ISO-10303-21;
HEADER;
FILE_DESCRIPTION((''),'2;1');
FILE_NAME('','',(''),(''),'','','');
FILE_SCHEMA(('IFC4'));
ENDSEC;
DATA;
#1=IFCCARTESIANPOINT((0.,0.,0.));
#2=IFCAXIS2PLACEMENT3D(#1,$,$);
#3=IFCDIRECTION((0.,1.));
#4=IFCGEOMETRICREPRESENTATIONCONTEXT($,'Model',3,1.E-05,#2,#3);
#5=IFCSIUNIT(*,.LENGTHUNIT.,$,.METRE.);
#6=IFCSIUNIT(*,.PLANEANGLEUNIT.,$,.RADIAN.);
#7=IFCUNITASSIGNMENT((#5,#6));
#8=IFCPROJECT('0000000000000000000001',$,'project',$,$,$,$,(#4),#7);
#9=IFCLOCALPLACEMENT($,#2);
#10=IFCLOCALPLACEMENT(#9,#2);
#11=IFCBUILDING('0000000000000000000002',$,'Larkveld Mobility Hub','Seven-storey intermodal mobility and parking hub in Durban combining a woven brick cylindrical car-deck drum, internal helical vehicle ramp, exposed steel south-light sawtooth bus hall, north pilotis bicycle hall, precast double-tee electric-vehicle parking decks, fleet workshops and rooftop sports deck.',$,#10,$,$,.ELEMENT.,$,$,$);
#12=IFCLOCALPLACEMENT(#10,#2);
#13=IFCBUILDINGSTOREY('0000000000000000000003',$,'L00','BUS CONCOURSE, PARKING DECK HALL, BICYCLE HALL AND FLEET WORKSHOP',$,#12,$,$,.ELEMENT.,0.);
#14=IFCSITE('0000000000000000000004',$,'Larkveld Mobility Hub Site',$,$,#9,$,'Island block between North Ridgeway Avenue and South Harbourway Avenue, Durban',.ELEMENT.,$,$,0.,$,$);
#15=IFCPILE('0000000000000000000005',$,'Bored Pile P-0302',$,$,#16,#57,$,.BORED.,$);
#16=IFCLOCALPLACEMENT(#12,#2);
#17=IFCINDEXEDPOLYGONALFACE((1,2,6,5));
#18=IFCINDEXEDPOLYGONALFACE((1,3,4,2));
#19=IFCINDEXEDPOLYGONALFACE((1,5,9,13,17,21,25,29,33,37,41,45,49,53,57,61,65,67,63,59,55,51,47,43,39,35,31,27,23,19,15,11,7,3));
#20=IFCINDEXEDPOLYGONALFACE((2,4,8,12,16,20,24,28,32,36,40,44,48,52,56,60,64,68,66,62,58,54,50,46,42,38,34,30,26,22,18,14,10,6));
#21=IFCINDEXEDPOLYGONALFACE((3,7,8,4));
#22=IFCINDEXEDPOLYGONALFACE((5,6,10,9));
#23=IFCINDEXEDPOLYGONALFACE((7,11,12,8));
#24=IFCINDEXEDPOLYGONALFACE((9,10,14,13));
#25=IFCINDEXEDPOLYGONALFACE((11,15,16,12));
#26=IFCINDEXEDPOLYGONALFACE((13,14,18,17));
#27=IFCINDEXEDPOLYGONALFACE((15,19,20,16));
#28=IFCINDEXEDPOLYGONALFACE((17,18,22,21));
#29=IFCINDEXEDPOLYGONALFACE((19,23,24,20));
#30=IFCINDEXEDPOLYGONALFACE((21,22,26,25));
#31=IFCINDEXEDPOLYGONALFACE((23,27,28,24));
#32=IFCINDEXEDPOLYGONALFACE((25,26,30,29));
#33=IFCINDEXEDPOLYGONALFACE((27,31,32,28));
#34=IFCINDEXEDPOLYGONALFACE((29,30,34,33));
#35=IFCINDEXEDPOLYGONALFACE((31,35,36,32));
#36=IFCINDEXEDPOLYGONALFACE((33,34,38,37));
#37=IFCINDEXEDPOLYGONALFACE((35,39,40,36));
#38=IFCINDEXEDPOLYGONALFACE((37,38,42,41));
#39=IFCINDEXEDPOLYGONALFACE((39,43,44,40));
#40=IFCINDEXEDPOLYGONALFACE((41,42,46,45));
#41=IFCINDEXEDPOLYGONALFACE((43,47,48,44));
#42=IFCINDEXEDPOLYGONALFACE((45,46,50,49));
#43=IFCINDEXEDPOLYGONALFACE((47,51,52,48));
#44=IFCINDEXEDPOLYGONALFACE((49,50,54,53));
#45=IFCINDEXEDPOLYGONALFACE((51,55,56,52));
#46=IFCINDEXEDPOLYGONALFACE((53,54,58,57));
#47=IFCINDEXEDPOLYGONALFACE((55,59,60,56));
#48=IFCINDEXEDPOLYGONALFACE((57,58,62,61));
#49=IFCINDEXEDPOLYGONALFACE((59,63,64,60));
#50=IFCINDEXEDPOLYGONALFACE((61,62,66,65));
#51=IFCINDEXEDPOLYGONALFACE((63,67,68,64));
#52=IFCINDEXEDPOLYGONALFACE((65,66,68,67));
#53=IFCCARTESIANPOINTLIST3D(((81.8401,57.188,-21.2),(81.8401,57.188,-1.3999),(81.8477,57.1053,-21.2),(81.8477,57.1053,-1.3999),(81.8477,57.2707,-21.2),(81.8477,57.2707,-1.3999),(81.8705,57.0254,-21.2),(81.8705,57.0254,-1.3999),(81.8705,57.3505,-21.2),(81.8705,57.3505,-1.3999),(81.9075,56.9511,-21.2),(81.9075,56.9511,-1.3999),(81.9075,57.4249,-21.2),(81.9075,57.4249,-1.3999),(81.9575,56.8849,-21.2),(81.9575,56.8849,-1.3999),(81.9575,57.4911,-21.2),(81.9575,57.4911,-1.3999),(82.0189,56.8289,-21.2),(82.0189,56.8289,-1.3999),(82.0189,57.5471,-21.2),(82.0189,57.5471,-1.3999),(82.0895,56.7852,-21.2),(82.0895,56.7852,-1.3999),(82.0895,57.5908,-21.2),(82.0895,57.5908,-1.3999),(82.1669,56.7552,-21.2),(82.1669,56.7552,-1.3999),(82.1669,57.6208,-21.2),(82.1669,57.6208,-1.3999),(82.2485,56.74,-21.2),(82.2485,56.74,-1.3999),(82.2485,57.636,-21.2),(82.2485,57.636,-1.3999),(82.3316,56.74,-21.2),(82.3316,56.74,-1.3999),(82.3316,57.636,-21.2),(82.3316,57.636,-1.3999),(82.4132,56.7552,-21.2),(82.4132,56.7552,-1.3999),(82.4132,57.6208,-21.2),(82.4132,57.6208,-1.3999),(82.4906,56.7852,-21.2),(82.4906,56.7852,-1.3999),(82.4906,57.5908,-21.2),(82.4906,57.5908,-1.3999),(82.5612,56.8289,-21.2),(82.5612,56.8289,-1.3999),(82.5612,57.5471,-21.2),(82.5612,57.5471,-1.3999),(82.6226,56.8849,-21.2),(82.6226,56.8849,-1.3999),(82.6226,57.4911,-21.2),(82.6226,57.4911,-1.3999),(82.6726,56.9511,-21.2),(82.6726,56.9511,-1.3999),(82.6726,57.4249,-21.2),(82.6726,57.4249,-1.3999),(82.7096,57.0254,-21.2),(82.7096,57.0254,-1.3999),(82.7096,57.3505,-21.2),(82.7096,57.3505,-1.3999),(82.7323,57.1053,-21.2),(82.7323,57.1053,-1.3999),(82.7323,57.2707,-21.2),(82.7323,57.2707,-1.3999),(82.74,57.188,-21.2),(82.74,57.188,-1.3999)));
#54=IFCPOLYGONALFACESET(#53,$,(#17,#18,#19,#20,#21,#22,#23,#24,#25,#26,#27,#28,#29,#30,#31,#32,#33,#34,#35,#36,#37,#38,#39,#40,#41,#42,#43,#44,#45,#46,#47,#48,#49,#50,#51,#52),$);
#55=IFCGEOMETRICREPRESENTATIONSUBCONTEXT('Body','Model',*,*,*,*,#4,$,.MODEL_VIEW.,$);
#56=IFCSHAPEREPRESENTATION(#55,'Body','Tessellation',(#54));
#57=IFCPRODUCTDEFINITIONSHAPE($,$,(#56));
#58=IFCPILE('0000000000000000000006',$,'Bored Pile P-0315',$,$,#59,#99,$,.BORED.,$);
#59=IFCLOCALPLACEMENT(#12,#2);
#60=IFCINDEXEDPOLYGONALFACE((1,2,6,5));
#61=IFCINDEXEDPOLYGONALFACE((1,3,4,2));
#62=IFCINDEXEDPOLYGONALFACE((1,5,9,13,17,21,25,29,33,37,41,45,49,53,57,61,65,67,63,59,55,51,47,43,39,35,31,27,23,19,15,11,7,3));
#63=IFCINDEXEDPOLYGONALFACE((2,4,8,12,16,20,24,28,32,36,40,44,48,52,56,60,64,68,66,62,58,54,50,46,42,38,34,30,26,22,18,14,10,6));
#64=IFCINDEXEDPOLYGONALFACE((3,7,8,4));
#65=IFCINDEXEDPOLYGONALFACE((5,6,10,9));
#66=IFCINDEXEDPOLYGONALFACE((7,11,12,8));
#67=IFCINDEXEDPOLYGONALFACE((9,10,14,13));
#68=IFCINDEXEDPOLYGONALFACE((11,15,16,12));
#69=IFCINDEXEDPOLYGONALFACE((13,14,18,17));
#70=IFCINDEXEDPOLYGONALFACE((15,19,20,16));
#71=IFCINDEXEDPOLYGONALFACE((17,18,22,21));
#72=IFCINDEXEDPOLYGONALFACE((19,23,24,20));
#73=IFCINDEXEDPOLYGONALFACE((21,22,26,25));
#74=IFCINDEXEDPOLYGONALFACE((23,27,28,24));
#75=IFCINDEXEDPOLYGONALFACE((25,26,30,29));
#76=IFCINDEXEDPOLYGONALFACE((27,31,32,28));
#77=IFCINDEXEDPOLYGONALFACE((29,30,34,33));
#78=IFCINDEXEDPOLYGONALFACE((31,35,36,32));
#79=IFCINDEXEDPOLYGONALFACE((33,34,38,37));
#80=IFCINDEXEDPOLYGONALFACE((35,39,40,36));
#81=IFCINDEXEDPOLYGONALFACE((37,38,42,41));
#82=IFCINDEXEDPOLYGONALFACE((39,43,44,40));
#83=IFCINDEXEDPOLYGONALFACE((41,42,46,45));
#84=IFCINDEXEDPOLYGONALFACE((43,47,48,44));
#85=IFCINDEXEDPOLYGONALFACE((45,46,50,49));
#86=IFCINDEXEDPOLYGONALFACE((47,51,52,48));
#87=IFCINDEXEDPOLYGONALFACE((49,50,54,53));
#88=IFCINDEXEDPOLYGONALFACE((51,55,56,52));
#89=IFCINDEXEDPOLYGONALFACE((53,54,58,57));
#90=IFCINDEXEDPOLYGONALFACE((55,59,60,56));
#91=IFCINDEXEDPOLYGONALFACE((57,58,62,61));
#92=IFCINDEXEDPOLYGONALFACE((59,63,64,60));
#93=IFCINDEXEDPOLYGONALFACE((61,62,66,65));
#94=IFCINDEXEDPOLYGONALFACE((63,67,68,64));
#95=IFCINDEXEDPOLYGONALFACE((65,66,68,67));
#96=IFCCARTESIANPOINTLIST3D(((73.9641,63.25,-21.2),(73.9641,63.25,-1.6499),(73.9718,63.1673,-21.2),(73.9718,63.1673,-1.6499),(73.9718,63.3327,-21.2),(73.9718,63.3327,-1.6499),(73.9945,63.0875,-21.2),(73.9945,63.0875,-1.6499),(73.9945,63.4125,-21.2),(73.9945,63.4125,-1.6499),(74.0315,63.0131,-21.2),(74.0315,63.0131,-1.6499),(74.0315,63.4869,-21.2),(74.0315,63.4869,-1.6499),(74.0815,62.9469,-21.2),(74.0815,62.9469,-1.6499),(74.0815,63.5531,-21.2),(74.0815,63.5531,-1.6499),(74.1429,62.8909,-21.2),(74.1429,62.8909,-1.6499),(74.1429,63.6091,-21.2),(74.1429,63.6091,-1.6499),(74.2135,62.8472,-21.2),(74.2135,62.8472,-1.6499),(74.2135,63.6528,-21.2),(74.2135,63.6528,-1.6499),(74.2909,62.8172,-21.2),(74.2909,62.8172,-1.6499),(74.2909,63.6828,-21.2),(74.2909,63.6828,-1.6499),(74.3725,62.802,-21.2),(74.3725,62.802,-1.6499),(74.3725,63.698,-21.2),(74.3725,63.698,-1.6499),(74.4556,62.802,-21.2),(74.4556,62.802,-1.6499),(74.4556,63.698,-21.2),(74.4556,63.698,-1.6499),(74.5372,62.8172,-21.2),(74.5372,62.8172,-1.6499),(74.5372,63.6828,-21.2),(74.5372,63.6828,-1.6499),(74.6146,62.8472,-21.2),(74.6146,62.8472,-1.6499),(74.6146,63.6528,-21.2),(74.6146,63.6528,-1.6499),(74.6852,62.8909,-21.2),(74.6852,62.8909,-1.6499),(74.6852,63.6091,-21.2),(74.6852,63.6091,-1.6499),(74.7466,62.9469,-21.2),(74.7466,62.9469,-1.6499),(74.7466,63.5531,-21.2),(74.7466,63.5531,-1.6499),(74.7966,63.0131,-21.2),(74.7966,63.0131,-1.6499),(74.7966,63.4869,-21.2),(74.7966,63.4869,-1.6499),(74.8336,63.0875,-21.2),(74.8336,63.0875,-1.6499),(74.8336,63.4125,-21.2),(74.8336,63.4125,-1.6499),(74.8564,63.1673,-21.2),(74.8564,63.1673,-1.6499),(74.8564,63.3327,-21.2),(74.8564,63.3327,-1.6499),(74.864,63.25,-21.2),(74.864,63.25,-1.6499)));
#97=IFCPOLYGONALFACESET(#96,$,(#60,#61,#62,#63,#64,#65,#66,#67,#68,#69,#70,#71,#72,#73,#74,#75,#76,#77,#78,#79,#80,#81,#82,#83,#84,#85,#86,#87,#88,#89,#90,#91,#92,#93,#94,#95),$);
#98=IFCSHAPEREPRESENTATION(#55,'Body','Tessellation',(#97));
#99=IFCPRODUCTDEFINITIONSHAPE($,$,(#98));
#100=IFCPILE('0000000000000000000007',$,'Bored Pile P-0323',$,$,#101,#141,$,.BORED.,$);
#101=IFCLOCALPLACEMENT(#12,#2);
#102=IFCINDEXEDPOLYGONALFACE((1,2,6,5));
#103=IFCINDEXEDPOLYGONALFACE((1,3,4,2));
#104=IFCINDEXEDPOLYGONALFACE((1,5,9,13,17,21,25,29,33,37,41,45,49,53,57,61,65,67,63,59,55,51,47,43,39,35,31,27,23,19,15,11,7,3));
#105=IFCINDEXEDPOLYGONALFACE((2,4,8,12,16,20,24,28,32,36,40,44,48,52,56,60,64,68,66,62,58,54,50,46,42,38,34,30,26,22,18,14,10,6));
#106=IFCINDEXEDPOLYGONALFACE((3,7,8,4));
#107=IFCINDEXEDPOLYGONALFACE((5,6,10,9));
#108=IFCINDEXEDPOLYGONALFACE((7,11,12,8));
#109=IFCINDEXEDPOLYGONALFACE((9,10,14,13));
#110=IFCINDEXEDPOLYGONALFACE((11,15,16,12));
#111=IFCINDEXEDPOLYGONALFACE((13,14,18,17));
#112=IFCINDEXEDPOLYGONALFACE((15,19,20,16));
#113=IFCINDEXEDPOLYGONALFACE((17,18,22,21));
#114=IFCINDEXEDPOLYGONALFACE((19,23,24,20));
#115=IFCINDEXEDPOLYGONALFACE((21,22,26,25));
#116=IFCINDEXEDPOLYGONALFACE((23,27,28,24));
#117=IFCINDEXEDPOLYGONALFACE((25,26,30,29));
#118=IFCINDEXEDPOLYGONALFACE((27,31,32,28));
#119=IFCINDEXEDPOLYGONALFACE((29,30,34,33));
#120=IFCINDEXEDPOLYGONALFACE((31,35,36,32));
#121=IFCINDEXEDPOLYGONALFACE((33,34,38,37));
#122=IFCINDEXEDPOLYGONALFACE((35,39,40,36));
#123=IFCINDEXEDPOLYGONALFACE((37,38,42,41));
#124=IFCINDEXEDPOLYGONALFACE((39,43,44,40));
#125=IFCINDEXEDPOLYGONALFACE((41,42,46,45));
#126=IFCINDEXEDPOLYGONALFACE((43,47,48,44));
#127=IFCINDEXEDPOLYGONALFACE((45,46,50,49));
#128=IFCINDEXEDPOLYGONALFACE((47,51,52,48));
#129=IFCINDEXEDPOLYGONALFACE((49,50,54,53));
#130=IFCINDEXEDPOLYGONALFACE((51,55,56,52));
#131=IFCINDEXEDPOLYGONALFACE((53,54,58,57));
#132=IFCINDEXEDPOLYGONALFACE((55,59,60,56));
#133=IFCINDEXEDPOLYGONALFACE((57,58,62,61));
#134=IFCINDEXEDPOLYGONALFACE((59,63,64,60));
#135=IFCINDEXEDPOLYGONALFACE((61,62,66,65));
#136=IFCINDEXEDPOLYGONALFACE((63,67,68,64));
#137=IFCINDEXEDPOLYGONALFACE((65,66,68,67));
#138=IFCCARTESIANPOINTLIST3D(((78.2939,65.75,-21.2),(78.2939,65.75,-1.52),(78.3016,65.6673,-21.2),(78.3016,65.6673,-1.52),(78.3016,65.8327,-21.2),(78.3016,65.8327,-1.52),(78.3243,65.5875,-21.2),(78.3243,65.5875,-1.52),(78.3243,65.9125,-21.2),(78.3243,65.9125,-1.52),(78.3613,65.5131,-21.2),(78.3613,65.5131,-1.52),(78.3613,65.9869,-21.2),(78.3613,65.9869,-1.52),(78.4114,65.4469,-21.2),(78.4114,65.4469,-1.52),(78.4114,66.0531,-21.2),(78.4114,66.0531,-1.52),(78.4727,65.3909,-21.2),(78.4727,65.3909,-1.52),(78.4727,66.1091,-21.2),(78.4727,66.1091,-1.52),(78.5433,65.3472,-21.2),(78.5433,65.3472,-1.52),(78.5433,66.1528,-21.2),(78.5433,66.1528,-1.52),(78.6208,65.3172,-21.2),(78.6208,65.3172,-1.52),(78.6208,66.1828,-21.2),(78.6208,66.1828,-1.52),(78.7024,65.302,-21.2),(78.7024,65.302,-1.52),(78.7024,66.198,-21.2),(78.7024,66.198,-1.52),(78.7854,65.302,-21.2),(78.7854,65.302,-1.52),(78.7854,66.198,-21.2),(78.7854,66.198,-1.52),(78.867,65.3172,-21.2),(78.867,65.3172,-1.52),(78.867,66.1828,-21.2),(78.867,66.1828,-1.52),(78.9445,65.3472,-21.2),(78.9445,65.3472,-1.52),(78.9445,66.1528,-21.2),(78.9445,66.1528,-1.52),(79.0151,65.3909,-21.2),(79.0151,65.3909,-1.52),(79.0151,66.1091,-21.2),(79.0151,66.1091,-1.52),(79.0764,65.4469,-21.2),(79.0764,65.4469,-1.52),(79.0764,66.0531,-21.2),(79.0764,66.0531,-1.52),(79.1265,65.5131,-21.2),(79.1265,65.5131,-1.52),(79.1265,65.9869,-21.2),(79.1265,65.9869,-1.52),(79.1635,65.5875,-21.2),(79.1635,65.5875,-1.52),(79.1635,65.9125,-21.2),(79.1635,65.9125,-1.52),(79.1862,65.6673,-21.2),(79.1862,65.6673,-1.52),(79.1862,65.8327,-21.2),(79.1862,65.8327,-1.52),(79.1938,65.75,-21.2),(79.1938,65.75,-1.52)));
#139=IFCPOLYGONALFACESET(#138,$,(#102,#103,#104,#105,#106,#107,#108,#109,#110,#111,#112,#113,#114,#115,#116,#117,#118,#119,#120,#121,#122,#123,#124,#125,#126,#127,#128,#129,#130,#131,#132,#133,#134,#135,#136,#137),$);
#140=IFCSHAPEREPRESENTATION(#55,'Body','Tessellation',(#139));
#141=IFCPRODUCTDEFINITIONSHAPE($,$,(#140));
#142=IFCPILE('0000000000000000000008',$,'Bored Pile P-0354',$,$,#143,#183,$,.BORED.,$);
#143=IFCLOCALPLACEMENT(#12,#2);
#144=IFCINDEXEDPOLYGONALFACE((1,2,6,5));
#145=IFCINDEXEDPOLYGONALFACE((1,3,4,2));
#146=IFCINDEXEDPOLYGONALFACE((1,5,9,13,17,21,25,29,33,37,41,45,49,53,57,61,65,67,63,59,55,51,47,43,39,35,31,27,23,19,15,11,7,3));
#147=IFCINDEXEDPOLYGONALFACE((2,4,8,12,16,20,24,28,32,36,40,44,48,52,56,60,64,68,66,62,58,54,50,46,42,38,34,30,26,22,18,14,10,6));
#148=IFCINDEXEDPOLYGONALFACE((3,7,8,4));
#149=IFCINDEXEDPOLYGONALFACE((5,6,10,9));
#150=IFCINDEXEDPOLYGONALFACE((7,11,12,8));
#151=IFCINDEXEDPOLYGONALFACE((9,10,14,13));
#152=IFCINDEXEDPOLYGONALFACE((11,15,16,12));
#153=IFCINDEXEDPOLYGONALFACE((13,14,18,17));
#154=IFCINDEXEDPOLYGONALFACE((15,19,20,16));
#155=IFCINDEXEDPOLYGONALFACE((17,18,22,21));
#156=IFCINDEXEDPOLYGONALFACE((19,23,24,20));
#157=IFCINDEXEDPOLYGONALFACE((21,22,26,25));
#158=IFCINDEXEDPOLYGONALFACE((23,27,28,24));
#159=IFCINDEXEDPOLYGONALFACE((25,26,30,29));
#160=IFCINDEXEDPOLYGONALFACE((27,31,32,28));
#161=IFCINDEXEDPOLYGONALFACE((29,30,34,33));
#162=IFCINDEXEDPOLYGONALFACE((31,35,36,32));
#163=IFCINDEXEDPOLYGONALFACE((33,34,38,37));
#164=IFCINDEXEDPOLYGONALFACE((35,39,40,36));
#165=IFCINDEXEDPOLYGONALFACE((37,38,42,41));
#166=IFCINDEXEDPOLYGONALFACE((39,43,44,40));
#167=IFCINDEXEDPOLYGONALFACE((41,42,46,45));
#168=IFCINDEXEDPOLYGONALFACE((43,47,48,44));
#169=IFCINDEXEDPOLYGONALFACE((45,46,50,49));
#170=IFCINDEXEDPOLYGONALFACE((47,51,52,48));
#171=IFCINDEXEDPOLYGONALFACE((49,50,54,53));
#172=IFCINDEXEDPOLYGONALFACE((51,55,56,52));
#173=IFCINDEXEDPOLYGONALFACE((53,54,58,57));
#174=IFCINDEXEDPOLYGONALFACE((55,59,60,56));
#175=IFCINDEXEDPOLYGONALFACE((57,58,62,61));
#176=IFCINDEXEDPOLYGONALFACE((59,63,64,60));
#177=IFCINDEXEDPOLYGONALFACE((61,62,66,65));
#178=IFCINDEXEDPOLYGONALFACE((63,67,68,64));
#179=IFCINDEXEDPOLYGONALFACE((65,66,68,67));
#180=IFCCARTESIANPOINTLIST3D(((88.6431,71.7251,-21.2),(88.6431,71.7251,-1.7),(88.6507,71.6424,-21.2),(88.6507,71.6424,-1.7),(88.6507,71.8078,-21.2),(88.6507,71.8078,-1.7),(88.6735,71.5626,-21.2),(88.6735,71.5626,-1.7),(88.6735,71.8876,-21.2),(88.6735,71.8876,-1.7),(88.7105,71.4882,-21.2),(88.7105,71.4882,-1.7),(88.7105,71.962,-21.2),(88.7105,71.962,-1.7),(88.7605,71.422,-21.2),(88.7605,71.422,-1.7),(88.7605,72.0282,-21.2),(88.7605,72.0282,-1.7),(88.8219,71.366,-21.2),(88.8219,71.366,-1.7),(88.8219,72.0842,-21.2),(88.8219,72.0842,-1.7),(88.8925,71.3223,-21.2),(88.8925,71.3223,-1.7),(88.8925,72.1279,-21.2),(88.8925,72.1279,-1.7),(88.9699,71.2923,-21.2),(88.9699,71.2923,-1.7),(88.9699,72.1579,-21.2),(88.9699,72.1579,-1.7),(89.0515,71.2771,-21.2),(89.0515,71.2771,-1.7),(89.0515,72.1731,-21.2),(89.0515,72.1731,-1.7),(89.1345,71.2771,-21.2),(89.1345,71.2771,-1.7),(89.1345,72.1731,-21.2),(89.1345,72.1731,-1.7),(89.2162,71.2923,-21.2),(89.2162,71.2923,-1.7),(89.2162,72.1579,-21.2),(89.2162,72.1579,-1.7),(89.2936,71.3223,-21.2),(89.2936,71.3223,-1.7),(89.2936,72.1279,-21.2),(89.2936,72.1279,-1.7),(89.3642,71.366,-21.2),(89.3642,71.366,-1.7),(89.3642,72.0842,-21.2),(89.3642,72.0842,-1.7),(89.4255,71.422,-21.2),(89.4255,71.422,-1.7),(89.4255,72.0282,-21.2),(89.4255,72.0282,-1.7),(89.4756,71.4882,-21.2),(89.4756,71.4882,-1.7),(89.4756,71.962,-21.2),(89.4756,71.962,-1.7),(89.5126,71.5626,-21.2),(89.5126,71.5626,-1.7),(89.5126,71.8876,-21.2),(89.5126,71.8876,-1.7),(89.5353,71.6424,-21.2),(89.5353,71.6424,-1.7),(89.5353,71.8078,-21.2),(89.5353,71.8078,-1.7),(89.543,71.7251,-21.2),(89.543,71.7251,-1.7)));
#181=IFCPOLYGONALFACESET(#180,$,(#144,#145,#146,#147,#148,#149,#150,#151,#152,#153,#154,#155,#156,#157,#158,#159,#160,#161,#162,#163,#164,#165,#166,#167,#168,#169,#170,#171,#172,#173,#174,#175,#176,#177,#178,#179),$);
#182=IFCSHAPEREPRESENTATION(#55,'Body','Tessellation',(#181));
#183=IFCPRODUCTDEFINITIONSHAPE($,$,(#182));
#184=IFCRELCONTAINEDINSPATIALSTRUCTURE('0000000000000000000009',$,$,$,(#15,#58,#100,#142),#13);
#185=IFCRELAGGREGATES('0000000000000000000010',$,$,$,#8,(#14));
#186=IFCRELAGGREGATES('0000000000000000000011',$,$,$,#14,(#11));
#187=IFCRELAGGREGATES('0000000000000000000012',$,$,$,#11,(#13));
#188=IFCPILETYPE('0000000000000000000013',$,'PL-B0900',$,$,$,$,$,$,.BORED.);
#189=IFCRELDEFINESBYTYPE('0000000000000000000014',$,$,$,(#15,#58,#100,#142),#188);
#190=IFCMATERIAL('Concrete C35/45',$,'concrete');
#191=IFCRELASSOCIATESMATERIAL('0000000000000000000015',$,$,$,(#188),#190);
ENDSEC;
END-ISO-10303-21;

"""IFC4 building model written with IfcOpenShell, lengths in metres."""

from ifc_helpers import new_model, si_unit, direction, frame, origin, origin_2d, place, context, subcontext, project, spatial, circle, extrude, material, material_profile, profile_set, type_object, element, save


model = new_model("IFC4")

# Units and contexts
model_context = context("Model", 3, precision=1e-05, world=origin(), true_north=direction((0.0, 1.0)))
body_context = subcontext(model_context, "Body", "Model", "MODEL_VIEW")
ifc_project = project(units=[si_unit("LENGTHUNIT", "METRE"), si_unit("PLANEANGLEUNIT", "RADIAN")], contexts=[model_context])

# Site, building, storey
site_placement = place(None, origin())
site = spatial("IfcSite", under=ifc_project, at=site_placement, Name="Larkveld Mobility Hub Site", LongName="Island block between North Ridgeway Avenue and South Harbourway Avenue, Durban", CompositionType="ELEMENT", RefElevation=0.0)
building_placement = place(site_placement, origin())
building = spatial("IfcBuilding", under=site, at=building_placement, Name="Larkveld Mobility Hub", Description="Seven-storey intermodal mobility and parking hub in Durban combining a woven brick cylindrical car-deck drum, internal helical vehicle ramp, exposed steel south-light sawtooth bus hall, north pilotis bicycle hall, precast double-tee electric-vehicle parking decks, fleet workshops and rooftop sports deck.", CompositionType="ELEMENT")
storey_placement = place(building_placement, origin())
storey = spatial("IfcBuildingStorey", under=building, at=storey_placement, Name="L00", Description="BUS CONCOURSE, PARKING DECK HALL, BICYCLE HALL AND FLEET WORKSHOP", CompositionType="ELEMENT", Elevation=0.0)

# Shared definitions
ifc_material_1 = material(Name="Concrete C35/45", Category="concrete")

# Piles
ifc_material_profile_1 = material_profile(ifc_material_1, circle(Radius=0.45, at=origin_2d()), Name="PILE D900")
ifc_profile_set_1 = profile_set([ifc_material_profile_1], Name="Concrete C35/45")
pile_type_1 = type_object("IfcPileType", Name="PL-B0900", PredefinedType="BORED", material=ifc_profile_set_1)
pile_1_placement = place(storey_placement, frame((82.29, 57.188, -1.3999), z_axis=(0.0, 0.0, -1.0), x_axis=(1.0, 0.0, 0.0)))
element("IfcPile", 1, at=pile_1_placement, inside=storey, type_object=pile_type_1, Name="Bored Pile P-0302", PredefinedType="BORED", context=body_context, shape_type="SweptSolid", body=[
    extrude(circle(Radius=0.45, at=origin_2d()), origin(), (0.0, 0.0, 1.0), 19.8),
])
pile_2_placement = place(storey_placement, frame((74.4141, 63.25, -1.6499), z_axis=(0.0, 0.0, -1.0), x_axis=(1.0, 0.0, 0.0)))
element("IfcPile", 2, at=pile_2_placement, inside=storey, type_object=pile_type_1, Name="Bored Pile P-0315", PredefinedType="BORED", context=body_context, shape_type="SweptSolid", body=[
    extrude(circle(Radius=0.45, at=origin_2d()), origin(), (0.0, 0.0, 1.0), 19.55),
])
pile_3_placement = place(storey_placement, frame((78.7439, 65.75, -1.52), z_axis=(0.0, 0.0, -1.0), x_axis=(1.0, 0.0, 0.0)))
element("IfcPile", 3, at=pile_3_placement, inside=storey, type_object=pile_type_1, Name="Bored Pile P-0323", PredefinedType="BORED", context=body_context, shape_type="SweptSolid", body=[
    extrude(circle(Radius=0.45, at=origin_2d()), origin(), (0.0, 0.0, 1.0), 19.6799),
])
pile_4_placement = place(storey_placement, frame((89.093, 71.7251, -1.7), z_axis=(0.0, 0.0, -1.0), x_axis=(1.0, 0.0, 0.0)))
element("IfcPile", 4, at=pile_4_placement, inside=storey, type_object=pile_type_1, Name="Bored Pile P-0354", PredefinedType="BORED", context=body_context, shape_type="SweptSolid", body=[
    extrude(circle(Radius=0.45, at=origin_2d()), origin(), (0.0, 0.0, 1.0), 19.5),
])

save(model, "model.ifc")
